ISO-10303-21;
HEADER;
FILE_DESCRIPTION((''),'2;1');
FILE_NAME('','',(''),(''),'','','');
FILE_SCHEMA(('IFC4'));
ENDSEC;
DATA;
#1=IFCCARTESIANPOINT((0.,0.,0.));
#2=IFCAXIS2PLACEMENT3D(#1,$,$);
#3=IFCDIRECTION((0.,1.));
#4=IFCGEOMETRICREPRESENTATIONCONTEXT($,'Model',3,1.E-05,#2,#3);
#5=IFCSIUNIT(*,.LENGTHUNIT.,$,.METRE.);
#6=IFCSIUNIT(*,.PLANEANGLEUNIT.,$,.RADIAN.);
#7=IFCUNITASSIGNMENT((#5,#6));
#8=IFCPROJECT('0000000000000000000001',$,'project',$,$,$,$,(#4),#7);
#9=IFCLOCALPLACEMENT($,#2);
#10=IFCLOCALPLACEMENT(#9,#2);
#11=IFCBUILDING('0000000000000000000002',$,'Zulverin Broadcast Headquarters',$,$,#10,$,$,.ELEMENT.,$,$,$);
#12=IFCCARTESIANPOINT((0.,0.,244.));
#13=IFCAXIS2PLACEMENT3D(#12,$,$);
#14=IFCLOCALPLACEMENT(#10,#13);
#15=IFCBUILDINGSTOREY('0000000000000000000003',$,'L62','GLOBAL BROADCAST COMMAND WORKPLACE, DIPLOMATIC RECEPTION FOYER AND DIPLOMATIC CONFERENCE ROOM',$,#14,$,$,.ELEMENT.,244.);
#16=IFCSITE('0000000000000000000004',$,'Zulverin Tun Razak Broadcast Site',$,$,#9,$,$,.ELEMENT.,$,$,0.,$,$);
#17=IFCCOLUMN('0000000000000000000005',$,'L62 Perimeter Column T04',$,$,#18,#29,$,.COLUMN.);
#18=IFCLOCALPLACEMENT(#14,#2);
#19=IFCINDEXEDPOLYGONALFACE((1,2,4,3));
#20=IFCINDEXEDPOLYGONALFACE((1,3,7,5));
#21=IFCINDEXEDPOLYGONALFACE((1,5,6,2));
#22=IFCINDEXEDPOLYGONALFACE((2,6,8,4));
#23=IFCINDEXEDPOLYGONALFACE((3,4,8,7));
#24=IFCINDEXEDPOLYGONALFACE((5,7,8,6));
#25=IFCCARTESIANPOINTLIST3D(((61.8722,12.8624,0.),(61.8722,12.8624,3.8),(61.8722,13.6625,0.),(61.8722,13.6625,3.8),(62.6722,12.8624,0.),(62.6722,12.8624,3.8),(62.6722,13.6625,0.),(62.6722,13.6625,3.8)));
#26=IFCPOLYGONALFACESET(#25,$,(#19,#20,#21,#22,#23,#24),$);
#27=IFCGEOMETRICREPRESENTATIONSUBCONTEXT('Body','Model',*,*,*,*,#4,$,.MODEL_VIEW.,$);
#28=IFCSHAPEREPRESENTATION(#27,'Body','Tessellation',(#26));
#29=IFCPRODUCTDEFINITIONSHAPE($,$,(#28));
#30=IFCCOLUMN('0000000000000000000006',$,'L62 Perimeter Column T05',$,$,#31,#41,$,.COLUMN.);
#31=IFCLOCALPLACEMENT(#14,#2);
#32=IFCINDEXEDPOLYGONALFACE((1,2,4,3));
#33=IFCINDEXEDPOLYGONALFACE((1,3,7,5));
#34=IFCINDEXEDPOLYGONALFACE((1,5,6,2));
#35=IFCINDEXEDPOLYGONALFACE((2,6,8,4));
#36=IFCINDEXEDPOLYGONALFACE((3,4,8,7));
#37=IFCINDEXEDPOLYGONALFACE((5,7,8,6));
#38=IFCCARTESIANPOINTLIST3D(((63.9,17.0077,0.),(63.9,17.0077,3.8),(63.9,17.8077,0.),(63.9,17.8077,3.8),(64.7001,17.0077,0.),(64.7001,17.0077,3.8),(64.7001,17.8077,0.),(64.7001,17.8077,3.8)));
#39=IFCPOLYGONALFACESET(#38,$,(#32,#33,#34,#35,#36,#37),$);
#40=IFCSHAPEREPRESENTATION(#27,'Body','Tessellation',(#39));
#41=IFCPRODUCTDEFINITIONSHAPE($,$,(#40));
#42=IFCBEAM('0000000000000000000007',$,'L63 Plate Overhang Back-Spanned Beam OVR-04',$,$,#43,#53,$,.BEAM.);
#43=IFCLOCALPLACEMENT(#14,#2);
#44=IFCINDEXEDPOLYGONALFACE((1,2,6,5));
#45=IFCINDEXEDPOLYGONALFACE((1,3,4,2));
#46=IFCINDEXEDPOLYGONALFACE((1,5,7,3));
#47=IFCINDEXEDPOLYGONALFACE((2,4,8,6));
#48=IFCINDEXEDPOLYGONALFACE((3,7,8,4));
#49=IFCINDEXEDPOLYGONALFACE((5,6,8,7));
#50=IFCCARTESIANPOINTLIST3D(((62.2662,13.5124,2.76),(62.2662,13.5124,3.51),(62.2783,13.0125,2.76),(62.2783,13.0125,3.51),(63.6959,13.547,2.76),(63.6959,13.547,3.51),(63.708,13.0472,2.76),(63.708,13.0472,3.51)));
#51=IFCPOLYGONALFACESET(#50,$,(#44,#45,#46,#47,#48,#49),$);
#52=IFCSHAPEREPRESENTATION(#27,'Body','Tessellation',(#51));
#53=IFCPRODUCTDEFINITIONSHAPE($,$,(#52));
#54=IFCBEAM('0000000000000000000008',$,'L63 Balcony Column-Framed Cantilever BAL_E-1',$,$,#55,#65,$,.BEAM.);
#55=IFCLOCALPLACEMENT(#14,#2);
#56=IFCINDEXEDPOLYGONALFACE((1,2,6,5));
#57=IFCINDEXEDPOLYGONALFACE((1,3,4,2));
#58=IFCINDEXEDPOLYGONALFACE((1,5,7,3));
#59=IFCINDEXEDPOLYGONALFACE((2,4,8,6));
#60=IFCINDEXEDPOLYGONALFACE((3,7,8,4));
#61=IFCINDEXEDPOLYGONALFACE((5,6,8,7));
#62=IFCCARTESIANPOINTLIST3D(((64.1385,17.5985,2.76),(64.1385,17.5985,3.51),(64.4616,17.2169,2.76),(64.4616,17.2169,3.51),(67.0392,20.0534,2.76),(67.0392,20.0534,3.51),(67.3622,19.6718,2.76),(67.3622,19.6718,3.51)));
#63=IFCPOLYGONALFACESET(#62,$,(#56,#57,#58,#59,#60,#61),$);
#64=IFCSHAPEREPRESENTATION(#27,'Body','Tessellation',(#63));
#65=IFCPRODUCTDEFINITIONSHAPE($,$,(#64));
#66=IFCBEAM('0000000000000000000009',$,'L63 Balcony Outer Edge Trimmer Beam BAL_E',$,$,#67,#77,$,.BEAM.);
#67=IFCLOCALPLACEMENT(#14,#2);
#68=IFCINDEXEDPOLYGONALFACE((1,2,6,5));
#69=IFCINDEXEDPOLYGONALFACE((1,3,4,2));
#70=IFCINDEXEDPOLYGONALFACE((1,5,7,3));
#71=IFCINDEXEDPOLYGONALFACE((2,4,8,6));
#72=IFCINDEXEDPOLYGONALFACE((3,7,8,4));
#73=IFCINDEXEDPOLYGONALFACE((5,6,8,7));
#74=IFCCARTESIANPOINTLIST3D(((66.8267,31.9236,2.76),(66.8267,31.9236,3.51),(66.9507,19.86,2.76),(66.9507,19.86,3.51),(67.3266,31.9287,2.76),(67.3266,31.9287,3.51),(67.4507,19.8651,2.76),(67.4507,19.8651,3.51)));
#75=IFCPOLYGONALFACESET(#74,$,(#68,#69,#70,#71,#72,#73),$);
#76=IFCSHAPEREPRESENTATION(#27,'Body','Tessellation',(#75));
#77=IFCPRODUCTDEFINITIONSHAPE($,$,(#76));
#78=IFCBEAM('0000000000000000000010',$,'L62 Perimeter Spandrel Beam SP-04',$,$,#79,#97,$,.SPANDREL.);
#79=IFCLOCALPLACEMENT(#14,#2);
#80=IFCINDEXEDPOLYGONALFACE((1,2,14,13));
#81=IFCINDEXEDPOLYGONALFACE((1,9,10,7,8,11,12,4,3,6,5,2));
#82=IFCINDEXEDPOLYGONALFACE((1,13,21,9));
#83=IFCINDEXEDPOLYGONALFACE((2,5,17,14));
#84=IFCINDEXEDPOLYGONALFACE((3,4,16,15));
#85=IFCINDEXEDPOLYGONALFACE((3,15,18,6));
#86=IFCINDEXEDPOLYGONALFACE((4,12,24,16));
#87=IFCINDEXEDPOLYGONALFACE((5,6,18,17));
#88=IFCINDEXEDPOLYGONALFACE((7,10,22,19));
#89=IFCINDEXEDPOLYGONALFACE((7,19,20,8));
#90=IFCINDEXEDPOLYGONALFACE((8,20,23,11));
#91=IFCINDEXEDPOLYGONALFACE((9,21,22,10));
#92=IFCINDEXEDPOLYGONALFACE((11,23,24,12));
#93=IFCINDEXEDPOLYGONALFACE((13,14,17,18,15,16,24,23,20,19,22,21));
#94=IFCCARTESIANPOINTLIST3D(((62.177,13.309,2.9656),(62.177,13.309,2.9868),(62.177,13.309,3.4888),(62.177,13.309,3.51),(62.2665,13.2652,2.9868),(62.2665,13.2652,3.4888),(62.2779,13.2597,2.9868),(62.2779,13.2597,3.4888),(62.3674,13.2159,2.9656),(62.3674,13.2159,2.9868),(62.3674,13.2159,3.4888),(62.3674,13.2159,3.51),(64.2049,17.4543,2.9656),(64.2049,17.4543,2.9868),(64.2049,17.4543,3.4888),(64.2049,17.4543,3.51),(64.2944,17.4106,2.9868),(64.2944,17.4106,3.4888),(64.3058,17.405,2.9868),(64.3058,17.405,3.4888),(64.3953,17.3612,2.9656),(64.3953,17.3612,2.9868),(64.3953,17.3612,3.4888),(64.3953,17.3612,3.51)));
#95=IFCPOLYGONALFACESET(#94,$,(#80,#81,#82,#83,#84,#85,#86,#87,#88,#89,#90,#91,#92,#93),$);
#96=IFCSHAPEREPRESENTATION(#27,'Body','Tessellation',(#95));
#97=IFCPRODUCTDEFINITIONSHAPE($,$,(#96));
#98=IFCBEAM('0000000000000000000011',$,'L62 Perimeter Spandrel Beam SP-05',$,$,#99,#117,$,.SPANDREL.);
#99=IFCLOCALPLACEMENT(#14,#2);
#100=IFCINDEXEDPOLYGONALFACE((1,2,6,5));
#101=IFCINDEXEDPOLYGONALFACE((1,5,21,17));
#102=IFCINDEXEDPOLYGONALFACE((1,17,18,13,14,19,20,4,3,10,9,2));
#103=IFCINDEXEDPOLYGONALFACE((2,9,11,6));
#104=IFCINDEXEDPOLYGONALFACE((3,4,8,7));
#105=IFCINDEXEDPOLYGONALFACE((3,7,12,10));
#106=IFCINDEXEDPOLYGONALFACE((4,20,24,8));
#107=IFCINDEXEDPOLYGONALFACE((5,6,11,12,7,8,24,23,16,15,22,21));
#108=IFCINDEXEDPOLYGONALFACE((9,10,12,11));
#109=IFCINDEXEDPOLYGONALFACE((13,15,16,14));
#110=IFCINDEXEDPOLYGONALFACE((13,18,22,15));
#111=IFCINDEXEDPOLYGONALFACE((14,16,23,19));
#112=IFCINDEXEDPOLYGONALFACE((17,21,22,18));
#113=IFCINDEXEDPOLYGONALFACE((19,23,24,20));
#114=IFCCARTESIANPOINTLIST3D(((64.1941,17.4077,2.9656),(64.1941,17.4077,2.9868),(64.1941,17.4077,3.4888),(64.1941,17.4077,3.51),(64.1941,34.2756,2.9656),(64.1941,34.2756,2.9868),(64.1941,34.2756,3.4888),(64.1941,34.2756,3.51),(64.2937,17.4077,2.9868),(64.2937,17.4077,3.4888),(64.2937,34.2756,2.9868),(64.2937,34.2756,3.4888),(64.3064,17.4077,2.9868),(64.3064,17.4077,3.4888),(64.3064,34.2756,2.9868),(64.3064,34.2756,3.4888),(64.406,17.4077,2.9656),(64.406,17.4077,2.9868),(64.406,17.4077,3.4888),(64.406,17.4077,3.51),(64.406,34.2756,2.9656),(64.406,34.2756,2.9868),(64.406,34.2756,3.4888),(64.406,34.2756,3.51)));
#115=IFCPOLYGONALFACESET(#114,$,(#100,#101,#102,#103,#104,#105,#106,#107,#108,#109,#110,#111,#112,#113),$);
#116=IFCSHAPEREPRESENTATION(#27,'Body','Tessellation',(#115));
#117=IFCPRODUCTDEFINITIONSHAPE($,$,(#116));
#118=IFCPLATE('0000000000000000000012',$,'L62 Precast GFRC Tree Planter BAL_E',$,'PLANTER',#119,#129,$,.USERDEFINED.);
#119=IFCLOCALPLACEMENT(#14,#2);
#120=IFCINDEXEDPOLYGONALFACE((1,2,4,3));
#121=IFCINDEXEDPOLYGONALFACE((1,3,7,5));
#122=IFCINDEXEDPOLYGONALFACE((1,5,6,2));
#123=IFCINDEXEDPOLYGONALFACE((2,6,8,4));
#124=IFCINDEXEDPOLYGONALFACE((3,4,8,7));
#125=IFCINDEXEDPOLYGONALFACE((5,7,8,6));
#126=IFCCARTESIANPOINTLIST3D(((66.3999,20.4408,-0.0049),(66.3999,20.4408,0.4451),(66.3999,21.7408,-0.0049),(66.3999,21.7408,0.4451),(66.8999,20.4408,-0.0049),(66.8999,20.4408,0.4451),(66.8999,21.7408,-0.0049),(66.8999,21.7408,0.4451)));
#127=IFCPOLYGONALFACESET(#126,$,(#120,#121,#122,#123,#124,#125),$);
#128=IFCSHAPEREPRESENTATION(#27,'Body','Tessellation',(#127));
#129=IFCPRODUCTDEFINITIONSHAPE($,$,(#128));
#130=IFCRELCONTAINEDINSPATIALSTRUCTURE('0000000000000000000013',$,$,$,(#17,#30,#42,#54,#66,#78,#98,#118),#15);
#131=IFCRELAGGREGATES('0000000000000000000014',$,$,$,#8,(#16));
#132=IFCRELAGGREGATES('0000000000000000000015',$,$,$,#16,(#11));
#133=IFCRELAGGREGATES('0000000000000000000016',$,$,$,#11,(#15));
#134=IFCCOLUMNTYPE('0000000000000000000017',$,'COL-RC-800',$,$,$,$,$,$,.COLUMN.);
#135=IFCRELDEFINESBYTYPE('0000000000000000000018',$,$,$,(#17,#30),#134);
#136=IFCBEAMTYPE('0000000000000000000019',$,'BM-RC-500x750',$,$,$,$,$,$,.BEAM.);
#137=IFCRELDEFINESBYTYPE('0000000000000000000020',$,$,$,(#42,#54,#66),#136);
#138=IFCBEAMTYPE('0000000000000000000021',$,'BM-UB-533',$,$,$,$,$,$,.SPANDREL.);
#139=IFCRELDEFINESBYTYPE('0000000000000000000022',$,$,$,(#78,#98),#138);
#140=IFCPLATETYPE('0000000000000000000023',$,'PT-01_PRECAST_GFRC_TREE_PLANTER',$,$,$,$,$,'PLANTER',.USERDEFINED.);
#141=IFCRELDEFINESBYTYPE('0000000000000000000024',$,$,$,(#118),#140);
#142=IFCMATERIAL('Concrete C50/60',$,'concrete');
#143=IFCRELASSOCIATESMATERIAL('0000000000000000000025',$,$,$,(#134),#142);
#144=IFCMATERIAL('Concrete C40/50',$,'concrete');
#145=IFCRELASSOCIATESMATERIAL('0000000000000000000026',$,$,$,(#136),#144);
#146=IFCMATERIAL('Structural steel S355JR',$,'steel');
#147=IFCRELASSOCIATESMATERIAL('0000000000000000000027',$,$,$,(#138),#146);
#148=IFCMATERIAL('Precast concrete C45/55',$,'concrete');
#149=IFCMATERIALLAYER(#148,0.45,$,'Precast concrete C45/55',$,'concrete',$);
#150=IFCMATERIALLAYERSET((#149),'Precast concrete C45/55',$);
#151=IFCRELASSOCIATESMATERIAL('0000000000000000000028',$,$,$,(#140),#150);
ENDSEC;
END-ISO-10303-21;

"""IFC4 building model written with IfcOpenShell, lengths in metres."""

from ifc_helpers import new_model, si_unit, direction, frame, origin, origin_2d, place, context, subcontext, project, spatial, rectangle, i_section, extrude, material, layer, layer_set, material_profile, profile_set, type_object, element, save


model = new_model("IFC4")

# Units and contexts
model_context = context("Model", 3, precision=1e-05, world=origin(), true_north=direction((0.0, 1.0)))
body_context = subcontext(model_context, "Body", "Model", "MODEL_VIEW")
ifc_project = project(units=[si_unit("LENGTHUNIT", "METRE"), si_unit("PLANEANGLEUNIT", "RADIAN")], contexts=[model_context])

# Site, building, storey
site_placement = place(None, origin())
site = spatial("IfcSite", under=ifc_project, at=site_placement, Name="Zulverin Tun Razak Broadcast Site", CompositionType="ELEMENT", RefElevation=0.0)
building_placement = place(site_placement, origin())
building = spatial("IfcBuilding", under=site, at=building_placement, Name="Zulverin Broadcast Headquarters", CompositionType="ELEMENT")
storey_placement = place(building_placement, frame((0.0, 0.0, 244.0)))
storey = spatial("IfcBuildingStorey", under=building, at=storey_placement, Name="L62", Description="GLOBAL BROADCAST COMMAND WORKPLACE, DIPLOMATIC RECEPTION FOYER AND DIPLOMATIC CONFERENCE ROOM", CompositionType="ELEMENT", Elevation=244.0)

# Columns
ifc_material_1 = material(Name="Concrete C50/60", Category="concrete")
ifc_material_profile_1 = material_profile(ifc_material_1, rectangle(XDim=0.8, YDim=0.8, at=origin_2d()), Name="Concrete C50/60", Category="concrete")
ifc_profile_set_1 = profile_set([ifc_material_profile_1], Name="Concrete C50/60")
column_type = type_object("IfcColumnType", Name="COL-RC-800", PredefinedType="COLUMN", material=ifc_profile_set_1)
for number, where, z_axis, x_axis, name in (
    (1, (62.2722, 13.2625, 0.0), (0.0, 0.0, 1.0), (1.0, 0.0, 0.0), "L62 Perimeter Column T04"),
    (2, (64.3, 17.4077, 0.0), (0.0, 0.0, 1.0), (1.0, 0.0, 0.0), "L62 Perimeter Column T05"),
):
    element("IfcColumn", number, at=place(storey_placement, frame(where, z_axis=z_axis, x_axis=x_axis)), inside=storey, type_object=column_type, Name=name, PredefinedType="COLUMN", context=body_context, shape_type="SweptSolid", body=[
        extrude(rectangle(XDim=0.8, YDim=0.8, at=origin_2d()), origin(), (0.0, 0.0, 1.0), 3.8),
    ])

# Beams
ifc_material_2 = material(Name="Concrete C40/50", Category="concrete")
ifc_material_profile_2 = material_profile(ifc_material_2, rectangle(XDim=0.5, YDim=0.75, at=origin_2d()), Name="Concrete C40/50", Category="concrete")
ifc_profile_set_2 = profile_set([ifc_material_profile_2], Name="Concrete C40/50")
beam_type_1 = type_object("IfcBeamType", Name="BM-RC-500x750", PredefinedType="BEAM", material=ifc_profile_set_2)
beam_1_placement = place(storey_placement, frame((62.2722, 13.2625, 3.135), z_axis=(0.999706, 0.024242, 0.0), x_axis=(-0.024242, 0.999706, 0.0)))
element("IfcBeam", 3, at=beam_1_placement, inside=storey, type_object=beam_type_1, Name="L63 Plate Overhang Back-Spanned Beam OVR-04", PredefinedType="BEAM", context=body_context, shape_type="SweptSolid", body=[
    extrude(rectangle(XDim=0.5, YDim=0.75, at=origin_2d()), origin(), (0.0, 0.0, 1.0), 1.4302),
])
beam_2_placement = place(storey_placement, frame((64.3, 17.4077, 3.135), z_axis=(0.763328, 0.646011, 0.0), x_axis=(-0.646011, 0.763328, 0.0)))
element("IfcBeam", 4, at=beam_2_placement, inside=storey, type_object=beam_type_1, Name="L63 Balcony Column-Framed Cantilever BAL_E-1", PredefinedType="BEAM", context=body_context, shape_type="SweptSolid", body=[
    extrude(rectangle(XDim=0.5, YDim=0.75, at=origin_2d()), origin(), (0.0, 0.0, 1.0), 3.8),
])
beam_3_placement = place(storey_placement, frame((67.2007, 19.8625, 3.135), z_axis=(-0.01028, 0.999947, 0.0), x_axis=(-0.999947, -0.01028, 0.0)))
element("IfcBeam", 5, at=beam_3_placement, inside=storey, type_object=beam_type_1, Name="L63 Balcony Outer Edge Trimmer Beam BAL_E", PredefinedType="BEAM", context=body_context, shape_type="SweptSolid", body=[
    extrude(rectangle(XDim=0.5, YDim=0.75, at=origin_2d()), origin(), (0.0, 0.0, 1.0), 12.0642),
])
ifc_material_3 = material(Name="Structural steel S355JR", Category="steel")
ifc_material_profile_3 = material_profile(ifc_material_3, i_section(OverallWidth=0.2119, OverallDepth=0.5444, WebThickness=0.0127, FlangeThickness=0.0212, at=origin_2d()), Name="Structural steel S355JR", Category="steel")
ifc_profile_set_3 = profile_set([ifc_material_profile_3], Name="Structural steel S355JR")
beam_type_2 = type_object("IfcBeamType", Name="BM-UB-533", PredefinedType="SPANDREL", material=ifc_profile_set_3)
beam_4_placement = place(storey_placement, frame((62.2722, 13.2625, 3.2378), z_axis=(0.43943, 0.898277, 0.0), x_axis=(-0.898277, 0.43943, 0.0)))
element("IfcBeam", 6, at=beam_4_placement, inside=storey, type_object=beam_type_2, Name="L62 Perimeter Spandrel Beam SP-04", PredefinedType="SPANDREL", context=body_context, shape_type="SweptSolid", body=[
    extrude(i_section(OverallWidth=0.2119, OverallDepth=0.5444, WebThickness=0.0127, FlangeThickness=0.0212, at=origin_2d()), origin(), (0.0, 0.0, 1.0), 4.6147),
])
beam_5_placement = place(storey_placement, frame((64.3, 17.4077, 3.2378), z_axis=(0.0, 1.0, 0.0), x_axis=(-1.0, 0.0, 0.0)))
element("IfcBeam", 7, at=beam_5_placement, inside=storey, type_object=beam_type_2, Name="L62 Perimeter Spandrel Beam SP-05", PredefinedType="SPANDREL", context=body_context, shape_type="SweptSolid", body=[
    extrude(i_section(OverallWidth=0.2119, OverallDepth=0.5444, WebThickness=0.0127, FlangeThickness=0.0212, at=origin_2d()), origin(), (0.0, 0.0, 1.0), 16.8679),
])

# Plate
ifc_material_4 = material(Name="Precast concrete C45/55", Category="concrete")
ifc_layer_1 = layer(ifc_material_4, 0.45, Name="Precast concrete C45/55", Category="concrete")
ifc_layer_set_1 = layer_set([ifc_layer_1], Name="Precast concrete C45/55")
plate_type = type_object("IfcPlateType", Name="PT-01_PRECAST_GFRC_TREE_PLANTER", ElementType="PLANTER", PredefinedType="USERDEFINED", material=ifc_layer_set_1)
plate_placement = place(storey_placement, frame((66.6499, 21.0908, -0.0049), z_axis=(0.0, 0.0, 1.0), x_axis=(0.0, 1.0, 0.0)))
element("IfcPlate", 8, at=plate_placement, inside=storey, type_object=plate_type, Name="L62 Precast GFRC Tree Planter BAL_E", ObjectType="PLANTER", PredefinedType="USERDEFINED", context=body_context, shape_type="SweptSolid", body=[
    extrude(rectangle(XDim=1.3, YDim=0.5, at=origin_2d()), origin(), (0.0, 0.0, 1.0), 0.45),
])

save(model, "model.ifc")
